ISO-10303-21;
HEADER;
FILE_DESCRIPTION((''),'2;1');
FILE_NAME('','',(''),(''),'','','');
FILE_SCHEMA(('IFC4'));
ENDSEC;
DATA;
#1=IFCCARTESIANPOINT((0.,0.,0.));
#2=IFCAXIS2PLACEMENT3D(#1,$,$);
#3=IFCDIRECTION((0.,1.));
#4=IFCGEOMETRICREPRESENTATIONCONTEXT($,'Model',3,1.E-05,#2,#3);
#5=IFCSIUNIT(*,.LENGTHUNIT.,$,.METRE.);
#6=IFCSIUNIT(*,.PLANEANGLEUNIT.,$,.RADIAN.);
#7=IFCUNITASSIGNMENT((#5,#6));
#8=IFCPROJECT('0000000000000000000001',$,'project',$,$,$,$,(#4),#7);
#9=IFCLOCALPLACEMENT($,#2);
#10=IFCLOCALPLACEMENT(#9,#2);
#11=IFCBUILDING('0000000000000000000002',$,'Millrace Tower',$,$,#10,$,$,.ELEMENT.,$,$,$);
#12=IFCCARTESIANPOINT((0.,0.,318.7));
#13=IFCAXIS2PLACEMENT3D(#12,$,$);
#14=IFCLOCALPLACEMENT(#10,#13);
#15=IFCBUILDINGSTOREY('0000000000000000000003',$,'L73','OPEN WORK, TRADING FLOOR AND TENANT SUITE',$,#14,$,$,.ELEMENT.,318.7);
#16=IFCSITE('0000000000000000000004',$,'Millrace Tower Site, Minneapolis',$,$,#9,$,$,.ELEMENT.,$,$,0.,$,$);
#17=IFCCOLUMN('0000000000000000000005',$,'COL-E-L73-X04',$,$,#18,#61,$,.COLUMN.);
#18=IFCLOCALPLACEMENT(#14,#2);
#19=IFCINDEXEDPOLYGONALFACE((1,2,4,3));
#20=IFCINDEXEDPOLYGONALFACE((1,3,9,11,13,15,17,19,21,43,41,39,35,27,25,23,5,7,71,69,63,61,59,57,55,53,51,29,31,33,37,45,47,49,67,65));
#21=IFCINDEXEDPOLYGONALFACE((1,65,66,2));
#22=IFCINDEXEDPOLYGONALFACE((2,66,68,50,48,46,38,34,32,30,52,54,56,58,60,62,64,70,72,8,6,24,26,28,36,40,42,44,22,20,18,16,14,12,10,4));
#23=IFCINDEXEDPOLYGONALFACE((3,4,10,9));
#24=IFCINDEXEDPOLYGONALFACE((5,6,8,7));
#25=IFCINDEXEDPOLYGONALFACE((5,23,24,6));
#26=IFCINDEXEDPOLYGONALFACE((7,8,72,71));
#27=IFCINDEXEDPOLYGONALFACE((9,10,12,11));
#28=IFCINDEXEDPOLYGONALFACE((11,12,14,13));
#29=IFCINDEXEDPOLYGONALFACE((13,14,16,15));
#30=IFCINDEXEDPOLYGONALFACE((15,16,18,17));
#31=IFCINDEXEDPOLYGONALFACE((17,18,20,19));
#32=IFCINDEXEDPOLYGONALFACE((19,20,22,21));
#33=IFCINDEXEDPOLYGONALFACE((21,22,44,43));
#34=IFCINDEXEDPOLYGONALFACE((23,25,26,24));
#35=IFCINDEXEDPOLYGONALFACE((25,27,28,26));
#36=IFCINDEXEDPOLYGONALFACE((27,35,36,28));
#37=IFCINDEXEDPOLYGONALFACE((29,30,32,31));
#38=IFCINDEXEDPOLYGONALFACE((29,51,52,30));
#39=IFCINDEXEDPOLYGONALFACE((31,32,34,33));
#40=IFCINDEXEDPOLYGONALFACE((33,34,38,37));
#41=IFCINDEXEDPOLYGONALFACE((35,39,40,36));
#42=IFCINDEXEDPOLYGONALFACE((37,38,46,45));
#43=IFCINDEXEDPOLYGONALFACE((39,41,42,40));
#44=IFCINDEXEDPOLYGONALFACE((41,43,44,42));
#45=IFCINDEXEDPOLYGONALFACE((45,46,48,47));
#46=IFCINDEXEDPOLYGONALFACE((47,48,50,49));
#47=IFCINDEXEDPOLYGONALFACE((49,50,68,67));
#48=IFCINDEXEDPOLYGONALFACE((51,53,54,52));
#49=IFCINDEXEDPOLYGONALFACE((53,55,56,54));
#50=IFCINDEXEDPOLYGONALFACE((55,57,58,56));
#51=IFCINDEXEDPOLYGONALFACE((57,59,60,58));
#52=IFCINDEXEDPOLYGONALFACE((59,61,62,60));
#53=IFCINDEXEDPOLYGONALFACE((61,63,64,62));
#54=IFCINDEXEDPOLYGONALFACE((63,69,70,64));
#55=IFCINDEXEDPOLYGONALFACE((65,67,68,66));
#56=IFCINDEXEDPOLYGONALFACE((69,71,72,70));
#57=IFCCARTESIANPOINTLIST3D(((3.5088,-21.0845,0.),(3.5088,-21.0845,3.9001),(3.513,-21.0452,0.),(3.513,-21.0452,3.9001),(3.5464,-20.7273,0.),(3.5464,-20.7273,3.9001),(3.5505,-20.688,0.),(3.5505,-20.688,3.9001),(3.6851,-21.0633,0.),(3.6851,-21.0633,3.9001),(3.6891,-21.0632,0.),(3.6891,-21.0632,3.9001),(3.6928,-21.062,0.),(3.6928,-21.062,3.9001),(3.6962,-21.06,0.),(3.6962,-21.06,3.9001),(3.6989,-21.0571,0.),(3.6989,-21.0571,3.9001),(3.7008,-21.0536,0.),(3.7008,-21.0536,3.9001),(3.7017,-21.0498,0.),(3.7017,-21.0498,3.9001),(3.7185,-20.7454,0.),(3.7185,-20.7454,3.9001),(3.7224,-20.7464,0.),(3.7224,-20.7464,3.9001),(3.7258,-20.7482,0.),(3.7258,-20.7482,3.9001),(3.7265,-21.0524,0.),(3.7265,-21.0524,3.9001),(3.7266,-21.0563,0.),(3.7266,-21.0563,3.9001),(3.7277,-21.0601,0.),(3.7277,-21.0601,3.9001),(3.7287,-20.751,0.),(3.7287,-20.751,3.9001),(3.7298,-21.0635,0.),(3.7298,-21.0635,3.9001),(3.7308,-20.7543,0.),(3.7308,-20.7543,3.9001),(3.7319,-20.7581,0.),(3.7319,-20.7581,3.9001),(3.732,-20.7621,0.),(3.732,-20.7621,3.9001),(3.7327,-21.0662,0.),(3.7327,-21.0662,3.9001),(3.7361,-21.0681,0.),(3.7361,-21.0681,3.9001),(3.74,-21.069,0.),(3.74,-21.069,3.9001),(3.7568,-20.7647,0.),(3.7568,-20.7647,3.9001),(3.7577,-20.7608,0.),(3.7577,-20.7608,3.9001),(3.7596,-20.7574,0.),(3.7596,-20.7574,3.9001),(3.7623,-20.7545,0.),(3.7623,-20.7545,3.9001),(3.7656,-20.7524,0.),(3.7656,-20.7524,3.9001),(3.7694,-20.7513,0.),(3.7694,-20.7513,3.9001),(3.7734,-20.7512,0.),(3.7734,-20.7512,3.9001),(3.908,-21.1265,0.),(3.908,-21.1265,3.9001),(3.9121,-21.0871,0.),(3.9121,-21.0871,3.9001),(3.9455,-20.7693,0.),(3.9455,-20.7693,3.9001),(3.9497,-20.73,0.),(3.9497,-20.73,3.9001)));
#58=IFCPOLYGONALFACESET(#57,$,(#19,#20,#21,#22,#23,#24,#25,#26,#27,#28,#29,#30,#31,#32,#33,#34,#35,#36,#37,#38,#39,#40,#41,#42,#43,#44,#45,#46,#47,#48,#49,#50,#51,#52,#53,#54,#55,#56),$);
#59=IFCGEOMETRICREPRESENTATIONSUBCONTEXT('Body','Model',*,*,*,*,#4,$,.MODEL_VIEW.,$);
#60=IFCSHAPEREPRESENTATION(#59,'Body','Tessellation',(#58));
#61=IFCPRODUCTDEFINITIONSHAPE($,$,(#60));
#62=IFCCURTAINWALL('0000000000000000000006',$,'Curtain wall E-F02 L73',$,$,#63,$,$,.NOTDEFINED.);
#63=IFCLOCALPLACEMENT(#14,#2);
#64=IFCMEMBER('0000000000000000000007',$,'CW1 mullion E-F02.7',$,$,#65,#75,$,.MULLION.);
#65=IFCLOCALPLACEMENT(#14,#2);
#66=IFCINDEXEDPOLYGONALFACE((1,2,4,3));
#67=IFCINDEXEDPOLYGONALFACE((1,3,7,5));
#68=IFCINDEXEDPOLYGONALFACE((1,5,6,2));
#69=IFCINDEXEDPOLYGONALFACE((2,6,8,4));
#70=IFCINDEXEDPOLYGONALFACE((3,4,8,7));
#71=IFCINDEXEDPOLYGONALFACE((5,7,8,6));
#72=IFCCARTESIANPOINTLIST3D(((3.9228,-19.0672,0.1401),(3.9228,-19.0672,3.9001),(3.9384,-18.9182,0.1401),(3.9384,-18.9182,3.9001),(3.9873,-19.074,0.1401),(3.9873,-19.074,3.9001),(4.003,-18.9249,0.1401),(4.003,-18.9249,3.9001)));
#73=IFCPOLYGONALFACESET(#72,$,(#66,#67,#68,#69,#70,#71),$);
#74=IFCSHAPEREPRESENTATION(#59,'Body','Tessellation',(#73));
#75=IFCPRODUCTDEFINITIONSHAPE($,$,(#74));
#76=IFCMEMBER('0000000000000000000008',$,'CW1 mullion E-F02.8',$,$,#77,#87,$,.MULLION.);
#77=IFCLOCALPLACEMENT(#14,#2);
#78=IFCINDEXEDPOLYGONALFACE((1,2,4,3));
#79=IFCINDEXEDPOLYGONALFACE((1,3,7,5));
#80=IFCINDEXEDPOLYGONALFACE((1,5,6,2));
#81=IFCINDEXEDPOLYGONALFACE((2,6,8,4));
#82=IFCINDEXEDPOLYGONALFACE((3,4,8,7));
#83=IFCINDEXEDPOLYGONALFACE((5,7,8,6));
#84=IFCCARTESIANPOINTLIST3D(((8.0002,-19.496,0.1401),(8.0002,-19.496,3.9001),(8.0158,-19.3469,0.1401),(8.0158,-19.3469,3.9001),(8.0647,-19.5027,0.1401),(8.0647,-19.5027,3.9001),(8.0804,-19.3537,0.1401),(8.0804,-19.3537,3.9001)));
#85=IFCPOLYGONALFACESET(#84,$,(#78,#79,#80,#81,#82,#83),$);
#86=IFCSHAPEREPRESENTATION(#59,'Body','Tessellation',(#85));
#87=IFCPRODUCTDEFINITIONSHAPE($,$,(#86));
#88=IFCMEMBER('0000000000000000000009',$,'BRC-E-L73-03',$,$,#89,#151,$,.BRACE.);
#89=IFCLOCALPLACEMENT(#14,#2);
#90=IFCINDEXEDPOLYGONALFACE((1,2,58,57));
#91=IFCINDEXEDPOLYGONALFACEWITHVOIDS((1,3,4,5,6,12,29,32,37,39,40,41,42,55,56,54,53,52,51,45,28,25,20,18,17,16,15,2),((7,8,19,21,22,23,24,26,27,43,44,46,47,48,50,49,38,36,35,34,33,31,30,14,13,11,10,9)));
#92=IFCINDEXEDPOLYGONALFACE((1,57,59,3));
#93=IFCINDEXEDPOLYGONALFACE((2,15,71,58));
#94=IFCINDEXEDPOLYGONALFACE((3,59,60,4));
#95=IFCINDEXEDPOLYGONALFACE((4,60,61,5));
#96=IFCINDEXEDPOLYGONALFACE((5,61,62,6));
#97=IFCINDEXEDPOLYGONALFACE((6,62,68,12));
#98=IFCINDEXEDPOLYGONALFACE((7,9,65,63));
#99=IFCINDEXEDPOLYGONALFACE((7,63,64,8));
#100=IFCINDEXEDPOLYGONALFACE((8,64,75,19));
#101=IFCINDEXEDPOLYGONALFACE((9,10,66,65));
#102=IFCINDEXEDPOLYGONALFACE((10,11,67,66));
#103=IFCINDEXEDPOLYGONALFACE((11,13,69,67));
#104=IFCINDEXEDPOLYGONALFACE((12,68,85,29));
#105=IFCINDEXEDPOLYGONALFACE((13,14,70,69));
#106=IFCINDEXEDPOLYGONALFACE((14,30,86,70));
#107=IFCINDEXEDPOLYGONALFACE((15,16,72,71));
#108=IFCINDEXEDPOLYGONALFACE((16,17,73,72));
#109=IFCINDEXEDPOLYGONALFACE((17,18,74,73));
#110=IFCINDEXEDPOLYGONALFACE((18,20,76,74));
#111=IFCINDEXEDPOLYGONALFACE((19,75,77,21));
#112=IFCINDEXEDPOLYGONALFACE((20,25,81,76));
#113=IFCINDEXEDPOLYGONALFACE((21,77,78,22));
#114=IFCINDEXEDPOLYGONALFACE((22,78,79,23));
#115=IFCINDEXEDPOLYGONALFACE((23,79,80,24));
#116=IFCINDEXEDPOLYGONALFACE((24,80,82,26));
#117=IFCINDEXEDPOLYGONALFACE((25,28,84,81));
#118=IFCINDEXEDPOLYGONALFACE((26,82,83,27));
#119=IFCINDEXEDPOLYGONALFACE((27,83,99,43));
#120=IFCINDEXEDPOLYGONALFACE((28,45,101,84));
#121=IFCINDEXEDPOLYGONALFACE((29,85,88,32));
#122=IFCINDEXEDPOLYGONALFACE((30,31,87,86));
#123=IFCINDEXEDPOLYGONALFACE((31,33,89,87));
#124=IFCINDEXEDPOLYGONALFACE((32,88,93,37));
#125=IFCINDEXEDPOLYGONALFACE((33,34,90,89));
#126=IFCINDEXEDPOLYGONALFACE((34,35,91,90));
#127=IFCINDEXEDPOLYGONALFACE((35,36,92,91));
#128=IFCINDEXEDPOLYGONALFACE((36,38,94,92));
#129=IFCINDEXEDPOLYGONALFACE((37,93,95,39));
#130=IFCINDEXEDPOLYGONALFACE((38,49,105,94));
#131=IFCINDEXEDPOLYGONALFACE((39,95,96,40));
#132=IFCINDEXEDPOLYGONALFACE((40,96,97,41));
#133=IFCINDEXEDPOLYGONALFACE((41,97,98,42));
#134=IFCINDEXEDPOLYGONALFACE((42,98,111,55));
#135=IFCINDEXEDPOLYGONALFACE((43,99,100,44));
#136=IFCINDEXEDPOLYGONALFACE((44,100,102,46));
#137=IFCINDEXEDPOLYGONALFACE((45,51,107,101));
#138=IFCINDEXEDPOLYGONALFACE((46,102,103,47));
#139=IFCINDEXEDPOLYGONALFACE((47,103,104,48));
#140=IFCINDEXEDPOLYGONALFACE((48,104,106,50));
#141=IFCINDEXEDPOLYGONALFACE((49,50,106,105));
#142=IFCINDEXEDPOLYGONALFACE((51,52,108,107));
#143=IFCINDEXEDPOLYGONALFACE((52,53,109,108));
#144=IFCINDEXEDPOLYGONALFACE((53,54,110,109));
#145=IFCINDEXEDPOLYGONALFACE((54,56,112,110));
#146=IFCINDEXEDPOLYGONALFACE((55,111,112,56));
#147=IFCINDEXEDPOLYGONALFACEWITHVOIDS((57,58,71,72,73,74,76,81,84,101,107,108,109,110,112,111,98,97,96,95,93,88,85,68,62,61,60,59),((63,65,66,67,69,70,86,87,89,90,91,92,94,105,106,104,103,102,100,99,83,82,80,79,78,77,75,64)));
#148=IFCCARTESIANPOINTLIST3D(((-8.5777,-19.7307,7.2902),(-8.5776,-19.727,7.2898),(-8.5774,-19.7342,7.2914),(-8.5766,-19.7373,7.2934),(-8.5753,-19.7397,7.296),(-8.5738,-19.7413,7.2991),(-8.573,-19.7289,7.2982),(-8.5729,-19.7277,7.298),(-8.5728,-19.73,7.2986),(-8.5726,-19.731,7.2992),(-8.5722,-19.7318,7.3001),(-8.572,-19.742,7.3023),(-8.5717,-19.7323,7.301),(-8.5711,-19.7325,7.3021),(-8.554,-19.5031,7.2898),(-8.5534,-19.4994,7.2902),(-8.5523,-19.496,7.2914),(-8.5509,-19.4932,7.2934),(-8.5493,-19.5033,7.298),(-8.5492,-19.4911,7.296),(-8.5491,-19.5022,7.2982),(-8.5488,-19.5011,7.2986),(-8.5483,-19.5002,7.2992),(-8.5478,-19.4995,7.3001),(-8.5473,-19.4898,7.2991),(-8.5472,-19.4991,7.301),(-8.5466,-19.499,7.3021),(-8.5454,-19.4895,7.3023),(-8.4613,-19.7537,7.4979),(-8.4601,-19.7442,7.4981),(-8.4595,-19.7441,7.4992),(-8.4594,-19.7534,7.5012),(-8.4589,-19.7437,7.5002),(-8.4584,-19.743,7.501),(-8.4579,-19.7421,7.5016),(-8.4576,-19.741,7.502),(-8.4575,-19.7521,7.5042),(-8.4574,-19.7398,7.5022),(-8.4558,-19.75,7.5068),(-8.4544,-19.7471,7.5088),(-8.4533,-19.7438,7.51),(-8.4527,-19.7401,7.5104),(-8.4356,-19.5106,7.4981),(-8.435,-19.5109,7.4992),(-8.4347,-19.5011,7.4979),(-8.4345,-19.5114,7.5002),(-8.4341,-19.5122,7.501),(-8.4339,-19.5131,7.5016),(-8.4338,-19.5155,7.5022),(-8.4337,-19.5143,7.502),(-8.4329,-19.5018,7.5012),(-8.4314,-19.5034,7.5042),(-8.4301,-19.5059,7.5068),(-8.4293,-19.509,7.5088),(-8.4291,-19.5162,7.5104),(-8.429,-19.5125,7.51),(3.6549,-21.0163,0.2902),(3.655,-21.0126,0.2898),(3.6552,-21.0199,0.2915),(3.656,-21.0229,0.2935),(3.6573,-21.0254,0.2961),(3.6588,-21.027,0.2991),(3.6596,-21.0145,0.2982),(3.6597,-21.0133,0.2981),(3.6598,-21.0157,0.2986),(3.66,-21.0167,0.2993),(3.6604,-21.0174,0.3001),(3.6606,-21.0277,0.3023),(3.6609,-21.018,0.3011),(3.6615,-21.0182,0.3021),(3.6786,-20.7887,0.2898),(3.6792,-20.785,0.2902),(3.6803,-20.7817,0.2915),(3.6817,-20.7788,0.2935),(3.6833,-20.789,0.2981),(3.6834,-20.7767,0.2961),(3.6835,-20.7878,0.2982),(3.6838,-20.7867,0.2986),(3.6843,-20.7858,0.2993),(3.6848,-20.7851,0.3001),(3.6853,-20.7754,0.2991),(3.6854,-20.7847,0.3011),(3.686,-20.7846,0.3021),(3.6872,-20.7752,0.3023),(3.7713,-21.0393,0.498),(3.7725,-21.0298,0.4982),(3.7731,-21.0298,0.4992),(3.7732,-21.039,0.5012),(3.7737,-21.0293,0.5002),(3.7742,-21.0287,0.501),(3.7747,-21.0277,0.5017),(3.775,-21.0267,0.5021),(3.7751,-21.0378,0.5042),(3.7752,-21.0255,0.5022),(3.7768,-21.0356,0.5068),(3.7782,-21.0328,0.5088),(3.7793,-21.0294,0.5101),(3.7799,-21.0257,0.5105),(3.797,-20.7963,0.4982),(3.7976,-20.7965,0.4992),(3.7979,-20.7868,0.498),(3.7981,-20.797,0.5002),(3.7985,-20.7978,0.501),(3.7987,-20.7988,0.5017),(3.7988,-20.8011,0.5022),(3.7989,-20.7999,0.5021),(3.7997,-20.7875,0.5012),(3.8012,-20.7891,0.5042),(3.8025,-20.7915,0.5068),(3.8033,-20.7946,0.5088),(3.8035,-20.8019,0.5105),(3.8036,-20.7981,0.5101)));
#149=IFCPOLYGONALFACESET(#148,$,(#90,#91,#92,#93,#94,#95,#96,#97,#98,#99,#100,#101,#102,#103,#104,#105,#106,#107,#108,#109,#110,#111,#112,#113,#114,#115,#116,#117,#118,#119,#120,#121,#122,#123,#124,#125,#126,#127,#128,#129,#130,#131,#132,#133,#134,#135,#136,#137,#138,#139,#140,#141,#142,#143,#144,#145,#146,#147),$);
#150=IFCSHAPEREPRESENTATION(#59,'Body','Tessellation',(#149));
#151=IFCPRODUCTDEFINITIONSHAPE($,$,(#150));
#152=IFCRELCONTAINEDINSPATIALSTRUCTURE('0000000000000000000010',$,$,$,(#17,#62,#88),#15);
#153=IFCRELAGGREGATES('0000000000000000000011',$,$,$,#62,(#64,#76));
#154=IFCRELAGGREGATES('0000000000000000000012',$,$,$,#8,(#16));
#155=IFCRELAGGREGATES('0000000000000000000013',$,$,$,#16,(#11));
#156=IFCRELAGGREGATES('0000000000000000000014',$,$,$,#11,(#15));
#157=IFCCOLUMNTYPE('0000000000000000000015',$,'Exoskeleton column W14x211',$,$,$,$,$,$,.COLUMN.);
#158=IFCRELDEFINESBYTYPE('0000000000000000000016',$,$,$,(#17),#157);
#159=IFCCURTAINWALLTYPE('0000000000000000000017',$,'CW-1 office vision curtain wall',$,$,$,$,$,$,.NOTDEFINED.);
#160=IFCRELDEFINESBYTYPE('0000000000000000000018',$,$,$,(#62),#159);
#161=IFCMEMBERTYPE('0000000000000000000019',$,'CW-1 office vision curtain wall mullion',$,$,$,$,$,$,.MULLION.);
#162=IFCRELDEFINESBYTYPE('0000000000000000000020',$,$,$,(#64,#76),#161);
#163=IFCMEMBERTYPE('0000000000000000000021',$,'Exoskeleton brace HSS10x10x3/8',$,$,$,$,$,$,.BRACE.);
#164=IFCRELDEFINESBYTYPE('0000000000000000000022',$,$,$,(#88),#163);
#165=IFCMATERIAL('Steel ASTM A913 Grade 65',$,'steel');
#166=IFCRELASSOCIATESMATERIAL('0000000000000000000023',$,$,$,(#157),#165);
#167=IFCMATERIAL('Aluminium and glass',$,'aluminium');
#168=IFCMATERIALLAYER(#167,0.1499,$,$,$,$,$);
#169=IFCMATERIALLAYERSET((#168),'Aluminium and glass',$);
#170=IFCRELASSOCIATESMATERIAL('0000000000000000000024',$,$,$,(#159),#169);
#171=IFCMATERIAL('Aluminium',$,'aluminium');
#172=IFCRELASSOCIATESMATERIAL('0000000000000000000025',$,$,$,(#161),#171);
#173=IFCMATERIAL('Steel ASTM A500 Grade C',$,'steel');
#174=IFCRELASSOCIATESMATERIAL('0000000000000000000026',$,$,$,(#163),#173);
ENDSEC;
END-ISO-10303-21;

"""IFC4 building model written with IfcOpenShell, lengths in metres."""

from ifc_helpers import new_model, si_unit, direction, frame, origin, origin_2d, place, context, subcontext, project, spatial, rectangle, hollow_rectangle, i_section, extrude, material, layer, layer_set, material_profile, profile_set, type_object, element, aggregate, save


model = new_model("IFC4")

# Units and contexts
model_context = context("Model", 3, precision=1e-05, world=origin(), true_north=direction((0.0, 1.0)))
body_context = subcontext(model_context, "Body", "Model", "MODEL_VIEW")
ifc_project = project(units=[si_unit("LENGTHUNIT", "METRE"), si_unit("PLANEANGLEUNIT", "RADIAN")], contexts=[model_context])

# Site, building, storey
site_placement = place(None, origin())
site = spatial("IfcSite", under=ifc_project, at=site_placement, Name="Millrace Tower Site, Minneapolis", CompositionType="ELEMENT", RefElevation=0.0)
building_placement = place(site_placement, origin())
building = spatial("IfcBuilding", under=site, at=building_placement, Name="Millrace Tower", CompositionType="ELEMENT")
storey_placement = place(building_placement, frame((0.0, 0.0, 318.7)))
storey = spatial("IfcBuildingStorey", under=building, at=storey_placement, Name="L73", Description="OPEN WORK, TRADING FLOOR AND TENANT SUITE", CompositionType="ELEMENT", Elevation=318.7)

# Column
ifc_material_1 = material(Name="Steel ASTM A913 Grade 65", Category="steel")
ifc_material_profile_1 = material_profile(ifc_material_1, i_section(OverallWidth=0.4014, OverallDepth=0.3987, WebThickness=0.0249, FlangeThickness=0.0396, FilletRadius=0.0151, at=origin_2d()))
ifc_profile_set_1 = profile_set([ifc_material_profile_1], Name="Steel ASTM A913 Grade 65")
column_type = type_object("IfcColumnType", Name="Exoskeleton column W14x211", PredefinedType="COLUMN", material=ifc_profile_set_1)
column_placement = place(storey_placement, frame((3.7292, -20.9072, 0.0), z_axis=(0.0, 0.0, 1.0), x_axis=(0.994522, -0.104528, 0.0)))
element("IfcColumn", 1, at=column_placement, inside=storey, type_object=column_type, Name="COL-E-L73-X04", PredefinedType="COLUMN", context=body_context, shape_type="SweptSolid", body=[
    extrude(i_section(OverallWidth=0.4014, OverallDepth=0.3987, WebThickness=0.0249, FlangeThickness=0.0396, FilletRadius=0.0151, at=origin_2d()), origin(), (0.0, 0.0, 1.0), 3.9001),
])

# Curtain wall, members
ifc_material_2 = material(Name="Aluminium and glass", Category="aluminium")
ifc_layer_1 = layer(ifc_material_2, 0.1499)
ifc_layer_set_1 = layer_set([ifc_layer_1], Name="Aluminium and glass")
curtain_wall_type = type_object("IfcCurtainWallType", Name="CW-1 office vision curtain wall", PredefinedType="NOTDEFINED", material=ifc_layer_set_1)
placement = place(storey_placement, origin())
curtain_wall = element("IfcCurtainWall", 2, at=placement, inside=storey, type_object=curtain_wall_type, Name="Curtain wall E-F02 L73", PredefinedType="NOTDEFINED")
ifc_material_3 = material(Name="Aluminium", Category="aluminium")
ifc_material_profile_2 = material_profile(ifc_material_3, rectangle(XDim=0.0649, YDim=0.1499, at=origin_2d()))
ifc_profile_set_2 = profile_set([ifc_material_profile_2], Name="Aluminium")
member_type_1 = type_object("IfcMemberType", Name="CW-1 office vision curtain wall mullion", PredefinedType="MULLION", material=ifc_profile_set_2)
member_1_placement = place(storey_placement, frame((3.9629, -18.9961, 0.1401), z_axis=(0.0, 0.0, 1.0), x_axis=(0.994522, -0.104528, 0.0)))
member_1 = element("IfcMember", 3, at=member_1_placement, type_object=member_type_1, Name="CW1 mullion E-F02.7", PredefinedType="MULLION", context=body_context, shape_type="SweptSolid", body=[
    extrude(rectangle(XDim=0.0649, YDim=0.1499, at=origin_2d()), origin(), (0.0, 0.0, 1.0), 3.76),
])
member_2_placement = place(storey_placement, frame((8.0403, -19.4248, 0.1401), z_axis=(0.0, 0.0, 1.0), x_axis=(0.994522, -0.104528, 0.0)))
member_2 = element("IfcMember", 4, at=member_2_placement, type_object=member_type_1, Name="CW1 mullion E-F02.8", PredefinedType="MULLION", context=body_context, shape_type="SweptSolid", body=[
    extrude(rectangle(XDim=0.0649, YDim=0.1499, at=origin_2d()), origin(), (0.0, 0.0, 1.0), 3.76),
])
aggregate(curtain_wall, [member_1, member_2])

# Member
ifc_material_4 = material(Name="Steel ASTM A500 Grade C", Category="steel")
ifc_material_profile_3 = material_profile(ifc_material_4, hollow_rectangle(XDim=0.2539, YDim=0.2539, WallThickness=0.0095, InnerFilletRadius=0.0046, OuterFilletRadius=0.0144, at=origin_2d()))
ifc_profile_set_3 = profile_set([ifc_material_profile_3], Name="Steel ASTM A500 Grade C")
member_type_2 = type_object("IfcMemberType", Name="Exoskeleton brace HSS10x10x3/8", PredefinedType="BRACE", material=ifc_profile_set_3)
member_3_placement = place(storey_placement, frame((3.7292, -20.9072, 0.4001), z_axis=(-0.864352, 0.090843, 0.494615), x_axis=(-0.104524, -0.994522, 0.0)))
element("IfcMember", 5, at=member_3_placement, inside=storey, type_object=member_type_2, Name="BRC-E-L73-03", PredefinedType="BRACE", context=body_context, shape_type="SweptSolid", body=[
    extrude(hollow_rectangle(XDim=0.2539, YDim=0.2539, WallThickness=0.0095, InnerFilletRadius=0.0046, OuterFilletRadius=0.0144, at=origin_2d()), origin(), (0.0, 0.0, 1.0), 14.1523),
])

save(model, "model.ifc")
